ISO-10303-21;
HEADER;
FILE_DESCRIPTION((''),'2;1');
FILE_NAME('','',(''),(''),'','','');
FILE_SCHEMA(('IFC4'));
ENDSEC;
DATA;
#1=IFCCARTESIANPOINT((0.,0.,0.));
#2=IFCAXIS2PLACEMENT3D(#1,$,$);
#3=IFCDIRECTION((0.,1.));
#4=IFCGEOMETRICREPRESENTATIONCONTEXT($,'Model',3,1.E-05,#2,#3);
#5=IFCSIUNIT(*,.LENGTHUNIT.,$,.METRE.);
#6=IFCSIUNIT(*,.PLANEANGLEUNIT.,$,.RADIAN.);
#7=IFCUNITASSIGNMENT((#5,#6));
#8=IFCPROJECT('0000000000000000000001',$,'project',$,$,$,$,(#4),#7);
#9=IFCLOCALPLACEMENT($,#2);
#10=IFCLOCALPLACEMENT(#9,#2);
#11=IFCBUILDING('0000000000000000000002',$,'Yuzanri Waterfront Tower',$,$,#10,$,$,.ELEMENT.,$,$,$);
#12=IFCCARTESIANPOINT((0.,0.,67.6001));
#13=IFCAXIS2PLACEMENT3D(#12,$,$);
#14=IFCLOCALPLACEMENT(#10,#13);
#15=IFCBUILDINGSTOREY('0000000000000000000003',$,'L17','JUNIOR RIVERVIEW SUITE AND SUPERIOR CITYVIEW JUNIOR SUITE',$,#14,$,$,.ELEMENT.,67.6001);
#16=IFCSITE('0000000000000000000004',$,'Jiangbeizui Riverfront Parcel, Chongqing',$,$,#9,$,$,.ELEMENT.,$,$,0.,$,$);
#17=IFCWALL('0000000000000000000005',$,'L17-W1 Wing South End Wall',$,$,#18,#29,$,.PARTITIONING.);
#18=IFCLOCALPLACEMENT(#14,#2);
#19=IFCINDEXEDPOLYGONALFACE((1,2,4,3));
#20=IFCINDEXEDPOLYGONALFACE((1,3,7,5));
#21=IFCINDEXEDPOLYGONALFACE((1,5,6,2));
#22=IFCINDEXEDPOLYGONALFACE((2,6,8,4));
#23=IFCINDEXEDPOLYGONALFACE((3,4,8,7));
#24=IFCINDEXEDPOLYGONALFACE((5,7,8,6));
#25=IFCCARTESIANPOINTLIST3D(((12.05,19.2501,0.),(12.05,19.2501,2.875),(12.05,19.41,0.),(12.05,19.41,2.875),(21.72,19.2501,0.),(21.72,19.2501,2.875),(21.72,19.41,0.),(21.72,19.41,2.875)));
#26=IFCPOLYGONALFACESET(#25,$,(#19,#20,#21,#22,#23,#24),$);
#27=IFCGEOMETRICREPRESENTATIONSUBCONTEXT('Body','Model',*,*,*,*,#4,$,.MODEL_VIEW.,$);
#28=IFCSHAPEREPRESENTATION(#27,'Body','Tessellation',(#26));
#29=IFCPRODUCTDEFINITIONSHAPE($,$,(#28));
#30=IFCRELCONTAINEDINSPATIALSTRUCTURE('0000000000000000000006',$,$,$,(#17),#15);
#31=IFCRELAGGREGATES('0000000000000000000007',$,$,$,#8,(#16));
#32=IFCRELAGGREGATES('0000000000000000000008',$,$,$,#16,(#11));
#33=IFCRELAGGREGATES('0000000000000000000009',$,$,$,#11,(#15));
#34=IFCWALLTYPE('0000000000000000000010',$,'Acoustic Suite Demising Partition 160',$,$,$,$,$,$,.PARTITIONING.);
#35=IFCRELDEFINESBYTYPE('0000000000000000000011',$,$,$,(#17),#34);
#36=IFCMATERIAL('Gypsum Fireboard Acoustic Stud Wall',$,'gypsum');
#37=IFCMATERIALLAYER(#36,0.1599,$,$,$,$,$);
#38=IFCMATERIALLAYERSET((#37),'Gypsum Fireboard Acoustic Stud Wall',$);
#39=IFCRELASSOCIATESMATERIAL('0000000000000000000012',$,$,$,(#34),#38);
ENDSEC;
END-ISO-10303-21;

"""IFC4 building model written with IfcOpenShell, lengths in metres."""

from ifc_helpers import new_model, si_unit, direction, frame, frame_2d, origin, place, context, subcontext, project, spatial, rectangle, extrude, source, transform, mapped, material, layer, layer_set, type_object, element, save


model = new_model("IFC4")

# Units and contexts
model_context = context("Model", 3, precision=1e-05, world=origin(), true_north=direction((0.0, 1.0)))
body_context = subcontext(model_context, "Body", "Model", "MODEL_VIEW")
ifc_project = project(units=[si_unit("LENGTHUNIT", "METRE"), si_unit("PLANEANGLEUNIT", "RADIAN")], contexts=[model_context])

# Site, building, storey
site_placement = place(None, origin())
site = spatial("IfcSite", under=ifc_project, at=site_placement, Name="Jiangbeizui Riverfront Parcel, Chongqing", CompositionType="ELEMENT", RefElevation=0.0)
building_placement = place(site_placement, origin())
building = spatial("IfcBuilding", under=site, at=building_placement, Name="Yuzanri Waterfront Tower", CompositionType="ELEMENT")
storey_placement = place(building_placement, frame((0.0, 0.0, 67.6001)))
storey = spatial("IfcBuildingStorey", under=building, at=storey_placement, Name="L17", Description="JUNIOR RIVERVIEW SUITE AND SUPERIOR CITYVIEW JUNIOR SUITE", CompositionType="ELEMENT", Elevation=67.6001)

# Wall
ifc_material_1 = material(Name="Gypsum Fireboard Acoustic Stud Wall", Category="gypsum")
ifc_layer_1 = layer(ifc_material_1, 0.1599)
ifc_layer_set_1 = layer_set([ifc_layer_1], Name="Gypsum Fireboard Acoustic Stud Wall")
wall_type_1 = type_object("IfcWallType", Name="Acoustic Suite Demising Partition 160", PredefinedType="PARTITIONING", material=ifc_layer_set_1)
shared_shape_1 = source(origin(), body_context, "Body", "SweptSolid", [
    extrude(rectangle(XDim=9.6699, YDim=0.1599, at=frame_2d((4.835, 0.0))), origin(), (0.0, 0.0, 1.0), 2.875),
])
wall_1_placement = place(storey_placement, frame((12.05, 19.3301, 0.0), z_axis=(0.0, 0.0, 1.0), x_axis=(1.0, 0.0, 0.0)))
element("IfcWall", 1, at=wall_1_placement, inside=storey, type_object=wall_type_1, Name="L17-W1 Wing South End Wall", PredefinedType="PARTITIONING", context=body_context, shape_type="MappedRepresentation", body=[
    mapped(shared_shape_1, transform((0.0, 0.0, 0.0), scale=1.0)),
])

save(model, "model.ifc")
